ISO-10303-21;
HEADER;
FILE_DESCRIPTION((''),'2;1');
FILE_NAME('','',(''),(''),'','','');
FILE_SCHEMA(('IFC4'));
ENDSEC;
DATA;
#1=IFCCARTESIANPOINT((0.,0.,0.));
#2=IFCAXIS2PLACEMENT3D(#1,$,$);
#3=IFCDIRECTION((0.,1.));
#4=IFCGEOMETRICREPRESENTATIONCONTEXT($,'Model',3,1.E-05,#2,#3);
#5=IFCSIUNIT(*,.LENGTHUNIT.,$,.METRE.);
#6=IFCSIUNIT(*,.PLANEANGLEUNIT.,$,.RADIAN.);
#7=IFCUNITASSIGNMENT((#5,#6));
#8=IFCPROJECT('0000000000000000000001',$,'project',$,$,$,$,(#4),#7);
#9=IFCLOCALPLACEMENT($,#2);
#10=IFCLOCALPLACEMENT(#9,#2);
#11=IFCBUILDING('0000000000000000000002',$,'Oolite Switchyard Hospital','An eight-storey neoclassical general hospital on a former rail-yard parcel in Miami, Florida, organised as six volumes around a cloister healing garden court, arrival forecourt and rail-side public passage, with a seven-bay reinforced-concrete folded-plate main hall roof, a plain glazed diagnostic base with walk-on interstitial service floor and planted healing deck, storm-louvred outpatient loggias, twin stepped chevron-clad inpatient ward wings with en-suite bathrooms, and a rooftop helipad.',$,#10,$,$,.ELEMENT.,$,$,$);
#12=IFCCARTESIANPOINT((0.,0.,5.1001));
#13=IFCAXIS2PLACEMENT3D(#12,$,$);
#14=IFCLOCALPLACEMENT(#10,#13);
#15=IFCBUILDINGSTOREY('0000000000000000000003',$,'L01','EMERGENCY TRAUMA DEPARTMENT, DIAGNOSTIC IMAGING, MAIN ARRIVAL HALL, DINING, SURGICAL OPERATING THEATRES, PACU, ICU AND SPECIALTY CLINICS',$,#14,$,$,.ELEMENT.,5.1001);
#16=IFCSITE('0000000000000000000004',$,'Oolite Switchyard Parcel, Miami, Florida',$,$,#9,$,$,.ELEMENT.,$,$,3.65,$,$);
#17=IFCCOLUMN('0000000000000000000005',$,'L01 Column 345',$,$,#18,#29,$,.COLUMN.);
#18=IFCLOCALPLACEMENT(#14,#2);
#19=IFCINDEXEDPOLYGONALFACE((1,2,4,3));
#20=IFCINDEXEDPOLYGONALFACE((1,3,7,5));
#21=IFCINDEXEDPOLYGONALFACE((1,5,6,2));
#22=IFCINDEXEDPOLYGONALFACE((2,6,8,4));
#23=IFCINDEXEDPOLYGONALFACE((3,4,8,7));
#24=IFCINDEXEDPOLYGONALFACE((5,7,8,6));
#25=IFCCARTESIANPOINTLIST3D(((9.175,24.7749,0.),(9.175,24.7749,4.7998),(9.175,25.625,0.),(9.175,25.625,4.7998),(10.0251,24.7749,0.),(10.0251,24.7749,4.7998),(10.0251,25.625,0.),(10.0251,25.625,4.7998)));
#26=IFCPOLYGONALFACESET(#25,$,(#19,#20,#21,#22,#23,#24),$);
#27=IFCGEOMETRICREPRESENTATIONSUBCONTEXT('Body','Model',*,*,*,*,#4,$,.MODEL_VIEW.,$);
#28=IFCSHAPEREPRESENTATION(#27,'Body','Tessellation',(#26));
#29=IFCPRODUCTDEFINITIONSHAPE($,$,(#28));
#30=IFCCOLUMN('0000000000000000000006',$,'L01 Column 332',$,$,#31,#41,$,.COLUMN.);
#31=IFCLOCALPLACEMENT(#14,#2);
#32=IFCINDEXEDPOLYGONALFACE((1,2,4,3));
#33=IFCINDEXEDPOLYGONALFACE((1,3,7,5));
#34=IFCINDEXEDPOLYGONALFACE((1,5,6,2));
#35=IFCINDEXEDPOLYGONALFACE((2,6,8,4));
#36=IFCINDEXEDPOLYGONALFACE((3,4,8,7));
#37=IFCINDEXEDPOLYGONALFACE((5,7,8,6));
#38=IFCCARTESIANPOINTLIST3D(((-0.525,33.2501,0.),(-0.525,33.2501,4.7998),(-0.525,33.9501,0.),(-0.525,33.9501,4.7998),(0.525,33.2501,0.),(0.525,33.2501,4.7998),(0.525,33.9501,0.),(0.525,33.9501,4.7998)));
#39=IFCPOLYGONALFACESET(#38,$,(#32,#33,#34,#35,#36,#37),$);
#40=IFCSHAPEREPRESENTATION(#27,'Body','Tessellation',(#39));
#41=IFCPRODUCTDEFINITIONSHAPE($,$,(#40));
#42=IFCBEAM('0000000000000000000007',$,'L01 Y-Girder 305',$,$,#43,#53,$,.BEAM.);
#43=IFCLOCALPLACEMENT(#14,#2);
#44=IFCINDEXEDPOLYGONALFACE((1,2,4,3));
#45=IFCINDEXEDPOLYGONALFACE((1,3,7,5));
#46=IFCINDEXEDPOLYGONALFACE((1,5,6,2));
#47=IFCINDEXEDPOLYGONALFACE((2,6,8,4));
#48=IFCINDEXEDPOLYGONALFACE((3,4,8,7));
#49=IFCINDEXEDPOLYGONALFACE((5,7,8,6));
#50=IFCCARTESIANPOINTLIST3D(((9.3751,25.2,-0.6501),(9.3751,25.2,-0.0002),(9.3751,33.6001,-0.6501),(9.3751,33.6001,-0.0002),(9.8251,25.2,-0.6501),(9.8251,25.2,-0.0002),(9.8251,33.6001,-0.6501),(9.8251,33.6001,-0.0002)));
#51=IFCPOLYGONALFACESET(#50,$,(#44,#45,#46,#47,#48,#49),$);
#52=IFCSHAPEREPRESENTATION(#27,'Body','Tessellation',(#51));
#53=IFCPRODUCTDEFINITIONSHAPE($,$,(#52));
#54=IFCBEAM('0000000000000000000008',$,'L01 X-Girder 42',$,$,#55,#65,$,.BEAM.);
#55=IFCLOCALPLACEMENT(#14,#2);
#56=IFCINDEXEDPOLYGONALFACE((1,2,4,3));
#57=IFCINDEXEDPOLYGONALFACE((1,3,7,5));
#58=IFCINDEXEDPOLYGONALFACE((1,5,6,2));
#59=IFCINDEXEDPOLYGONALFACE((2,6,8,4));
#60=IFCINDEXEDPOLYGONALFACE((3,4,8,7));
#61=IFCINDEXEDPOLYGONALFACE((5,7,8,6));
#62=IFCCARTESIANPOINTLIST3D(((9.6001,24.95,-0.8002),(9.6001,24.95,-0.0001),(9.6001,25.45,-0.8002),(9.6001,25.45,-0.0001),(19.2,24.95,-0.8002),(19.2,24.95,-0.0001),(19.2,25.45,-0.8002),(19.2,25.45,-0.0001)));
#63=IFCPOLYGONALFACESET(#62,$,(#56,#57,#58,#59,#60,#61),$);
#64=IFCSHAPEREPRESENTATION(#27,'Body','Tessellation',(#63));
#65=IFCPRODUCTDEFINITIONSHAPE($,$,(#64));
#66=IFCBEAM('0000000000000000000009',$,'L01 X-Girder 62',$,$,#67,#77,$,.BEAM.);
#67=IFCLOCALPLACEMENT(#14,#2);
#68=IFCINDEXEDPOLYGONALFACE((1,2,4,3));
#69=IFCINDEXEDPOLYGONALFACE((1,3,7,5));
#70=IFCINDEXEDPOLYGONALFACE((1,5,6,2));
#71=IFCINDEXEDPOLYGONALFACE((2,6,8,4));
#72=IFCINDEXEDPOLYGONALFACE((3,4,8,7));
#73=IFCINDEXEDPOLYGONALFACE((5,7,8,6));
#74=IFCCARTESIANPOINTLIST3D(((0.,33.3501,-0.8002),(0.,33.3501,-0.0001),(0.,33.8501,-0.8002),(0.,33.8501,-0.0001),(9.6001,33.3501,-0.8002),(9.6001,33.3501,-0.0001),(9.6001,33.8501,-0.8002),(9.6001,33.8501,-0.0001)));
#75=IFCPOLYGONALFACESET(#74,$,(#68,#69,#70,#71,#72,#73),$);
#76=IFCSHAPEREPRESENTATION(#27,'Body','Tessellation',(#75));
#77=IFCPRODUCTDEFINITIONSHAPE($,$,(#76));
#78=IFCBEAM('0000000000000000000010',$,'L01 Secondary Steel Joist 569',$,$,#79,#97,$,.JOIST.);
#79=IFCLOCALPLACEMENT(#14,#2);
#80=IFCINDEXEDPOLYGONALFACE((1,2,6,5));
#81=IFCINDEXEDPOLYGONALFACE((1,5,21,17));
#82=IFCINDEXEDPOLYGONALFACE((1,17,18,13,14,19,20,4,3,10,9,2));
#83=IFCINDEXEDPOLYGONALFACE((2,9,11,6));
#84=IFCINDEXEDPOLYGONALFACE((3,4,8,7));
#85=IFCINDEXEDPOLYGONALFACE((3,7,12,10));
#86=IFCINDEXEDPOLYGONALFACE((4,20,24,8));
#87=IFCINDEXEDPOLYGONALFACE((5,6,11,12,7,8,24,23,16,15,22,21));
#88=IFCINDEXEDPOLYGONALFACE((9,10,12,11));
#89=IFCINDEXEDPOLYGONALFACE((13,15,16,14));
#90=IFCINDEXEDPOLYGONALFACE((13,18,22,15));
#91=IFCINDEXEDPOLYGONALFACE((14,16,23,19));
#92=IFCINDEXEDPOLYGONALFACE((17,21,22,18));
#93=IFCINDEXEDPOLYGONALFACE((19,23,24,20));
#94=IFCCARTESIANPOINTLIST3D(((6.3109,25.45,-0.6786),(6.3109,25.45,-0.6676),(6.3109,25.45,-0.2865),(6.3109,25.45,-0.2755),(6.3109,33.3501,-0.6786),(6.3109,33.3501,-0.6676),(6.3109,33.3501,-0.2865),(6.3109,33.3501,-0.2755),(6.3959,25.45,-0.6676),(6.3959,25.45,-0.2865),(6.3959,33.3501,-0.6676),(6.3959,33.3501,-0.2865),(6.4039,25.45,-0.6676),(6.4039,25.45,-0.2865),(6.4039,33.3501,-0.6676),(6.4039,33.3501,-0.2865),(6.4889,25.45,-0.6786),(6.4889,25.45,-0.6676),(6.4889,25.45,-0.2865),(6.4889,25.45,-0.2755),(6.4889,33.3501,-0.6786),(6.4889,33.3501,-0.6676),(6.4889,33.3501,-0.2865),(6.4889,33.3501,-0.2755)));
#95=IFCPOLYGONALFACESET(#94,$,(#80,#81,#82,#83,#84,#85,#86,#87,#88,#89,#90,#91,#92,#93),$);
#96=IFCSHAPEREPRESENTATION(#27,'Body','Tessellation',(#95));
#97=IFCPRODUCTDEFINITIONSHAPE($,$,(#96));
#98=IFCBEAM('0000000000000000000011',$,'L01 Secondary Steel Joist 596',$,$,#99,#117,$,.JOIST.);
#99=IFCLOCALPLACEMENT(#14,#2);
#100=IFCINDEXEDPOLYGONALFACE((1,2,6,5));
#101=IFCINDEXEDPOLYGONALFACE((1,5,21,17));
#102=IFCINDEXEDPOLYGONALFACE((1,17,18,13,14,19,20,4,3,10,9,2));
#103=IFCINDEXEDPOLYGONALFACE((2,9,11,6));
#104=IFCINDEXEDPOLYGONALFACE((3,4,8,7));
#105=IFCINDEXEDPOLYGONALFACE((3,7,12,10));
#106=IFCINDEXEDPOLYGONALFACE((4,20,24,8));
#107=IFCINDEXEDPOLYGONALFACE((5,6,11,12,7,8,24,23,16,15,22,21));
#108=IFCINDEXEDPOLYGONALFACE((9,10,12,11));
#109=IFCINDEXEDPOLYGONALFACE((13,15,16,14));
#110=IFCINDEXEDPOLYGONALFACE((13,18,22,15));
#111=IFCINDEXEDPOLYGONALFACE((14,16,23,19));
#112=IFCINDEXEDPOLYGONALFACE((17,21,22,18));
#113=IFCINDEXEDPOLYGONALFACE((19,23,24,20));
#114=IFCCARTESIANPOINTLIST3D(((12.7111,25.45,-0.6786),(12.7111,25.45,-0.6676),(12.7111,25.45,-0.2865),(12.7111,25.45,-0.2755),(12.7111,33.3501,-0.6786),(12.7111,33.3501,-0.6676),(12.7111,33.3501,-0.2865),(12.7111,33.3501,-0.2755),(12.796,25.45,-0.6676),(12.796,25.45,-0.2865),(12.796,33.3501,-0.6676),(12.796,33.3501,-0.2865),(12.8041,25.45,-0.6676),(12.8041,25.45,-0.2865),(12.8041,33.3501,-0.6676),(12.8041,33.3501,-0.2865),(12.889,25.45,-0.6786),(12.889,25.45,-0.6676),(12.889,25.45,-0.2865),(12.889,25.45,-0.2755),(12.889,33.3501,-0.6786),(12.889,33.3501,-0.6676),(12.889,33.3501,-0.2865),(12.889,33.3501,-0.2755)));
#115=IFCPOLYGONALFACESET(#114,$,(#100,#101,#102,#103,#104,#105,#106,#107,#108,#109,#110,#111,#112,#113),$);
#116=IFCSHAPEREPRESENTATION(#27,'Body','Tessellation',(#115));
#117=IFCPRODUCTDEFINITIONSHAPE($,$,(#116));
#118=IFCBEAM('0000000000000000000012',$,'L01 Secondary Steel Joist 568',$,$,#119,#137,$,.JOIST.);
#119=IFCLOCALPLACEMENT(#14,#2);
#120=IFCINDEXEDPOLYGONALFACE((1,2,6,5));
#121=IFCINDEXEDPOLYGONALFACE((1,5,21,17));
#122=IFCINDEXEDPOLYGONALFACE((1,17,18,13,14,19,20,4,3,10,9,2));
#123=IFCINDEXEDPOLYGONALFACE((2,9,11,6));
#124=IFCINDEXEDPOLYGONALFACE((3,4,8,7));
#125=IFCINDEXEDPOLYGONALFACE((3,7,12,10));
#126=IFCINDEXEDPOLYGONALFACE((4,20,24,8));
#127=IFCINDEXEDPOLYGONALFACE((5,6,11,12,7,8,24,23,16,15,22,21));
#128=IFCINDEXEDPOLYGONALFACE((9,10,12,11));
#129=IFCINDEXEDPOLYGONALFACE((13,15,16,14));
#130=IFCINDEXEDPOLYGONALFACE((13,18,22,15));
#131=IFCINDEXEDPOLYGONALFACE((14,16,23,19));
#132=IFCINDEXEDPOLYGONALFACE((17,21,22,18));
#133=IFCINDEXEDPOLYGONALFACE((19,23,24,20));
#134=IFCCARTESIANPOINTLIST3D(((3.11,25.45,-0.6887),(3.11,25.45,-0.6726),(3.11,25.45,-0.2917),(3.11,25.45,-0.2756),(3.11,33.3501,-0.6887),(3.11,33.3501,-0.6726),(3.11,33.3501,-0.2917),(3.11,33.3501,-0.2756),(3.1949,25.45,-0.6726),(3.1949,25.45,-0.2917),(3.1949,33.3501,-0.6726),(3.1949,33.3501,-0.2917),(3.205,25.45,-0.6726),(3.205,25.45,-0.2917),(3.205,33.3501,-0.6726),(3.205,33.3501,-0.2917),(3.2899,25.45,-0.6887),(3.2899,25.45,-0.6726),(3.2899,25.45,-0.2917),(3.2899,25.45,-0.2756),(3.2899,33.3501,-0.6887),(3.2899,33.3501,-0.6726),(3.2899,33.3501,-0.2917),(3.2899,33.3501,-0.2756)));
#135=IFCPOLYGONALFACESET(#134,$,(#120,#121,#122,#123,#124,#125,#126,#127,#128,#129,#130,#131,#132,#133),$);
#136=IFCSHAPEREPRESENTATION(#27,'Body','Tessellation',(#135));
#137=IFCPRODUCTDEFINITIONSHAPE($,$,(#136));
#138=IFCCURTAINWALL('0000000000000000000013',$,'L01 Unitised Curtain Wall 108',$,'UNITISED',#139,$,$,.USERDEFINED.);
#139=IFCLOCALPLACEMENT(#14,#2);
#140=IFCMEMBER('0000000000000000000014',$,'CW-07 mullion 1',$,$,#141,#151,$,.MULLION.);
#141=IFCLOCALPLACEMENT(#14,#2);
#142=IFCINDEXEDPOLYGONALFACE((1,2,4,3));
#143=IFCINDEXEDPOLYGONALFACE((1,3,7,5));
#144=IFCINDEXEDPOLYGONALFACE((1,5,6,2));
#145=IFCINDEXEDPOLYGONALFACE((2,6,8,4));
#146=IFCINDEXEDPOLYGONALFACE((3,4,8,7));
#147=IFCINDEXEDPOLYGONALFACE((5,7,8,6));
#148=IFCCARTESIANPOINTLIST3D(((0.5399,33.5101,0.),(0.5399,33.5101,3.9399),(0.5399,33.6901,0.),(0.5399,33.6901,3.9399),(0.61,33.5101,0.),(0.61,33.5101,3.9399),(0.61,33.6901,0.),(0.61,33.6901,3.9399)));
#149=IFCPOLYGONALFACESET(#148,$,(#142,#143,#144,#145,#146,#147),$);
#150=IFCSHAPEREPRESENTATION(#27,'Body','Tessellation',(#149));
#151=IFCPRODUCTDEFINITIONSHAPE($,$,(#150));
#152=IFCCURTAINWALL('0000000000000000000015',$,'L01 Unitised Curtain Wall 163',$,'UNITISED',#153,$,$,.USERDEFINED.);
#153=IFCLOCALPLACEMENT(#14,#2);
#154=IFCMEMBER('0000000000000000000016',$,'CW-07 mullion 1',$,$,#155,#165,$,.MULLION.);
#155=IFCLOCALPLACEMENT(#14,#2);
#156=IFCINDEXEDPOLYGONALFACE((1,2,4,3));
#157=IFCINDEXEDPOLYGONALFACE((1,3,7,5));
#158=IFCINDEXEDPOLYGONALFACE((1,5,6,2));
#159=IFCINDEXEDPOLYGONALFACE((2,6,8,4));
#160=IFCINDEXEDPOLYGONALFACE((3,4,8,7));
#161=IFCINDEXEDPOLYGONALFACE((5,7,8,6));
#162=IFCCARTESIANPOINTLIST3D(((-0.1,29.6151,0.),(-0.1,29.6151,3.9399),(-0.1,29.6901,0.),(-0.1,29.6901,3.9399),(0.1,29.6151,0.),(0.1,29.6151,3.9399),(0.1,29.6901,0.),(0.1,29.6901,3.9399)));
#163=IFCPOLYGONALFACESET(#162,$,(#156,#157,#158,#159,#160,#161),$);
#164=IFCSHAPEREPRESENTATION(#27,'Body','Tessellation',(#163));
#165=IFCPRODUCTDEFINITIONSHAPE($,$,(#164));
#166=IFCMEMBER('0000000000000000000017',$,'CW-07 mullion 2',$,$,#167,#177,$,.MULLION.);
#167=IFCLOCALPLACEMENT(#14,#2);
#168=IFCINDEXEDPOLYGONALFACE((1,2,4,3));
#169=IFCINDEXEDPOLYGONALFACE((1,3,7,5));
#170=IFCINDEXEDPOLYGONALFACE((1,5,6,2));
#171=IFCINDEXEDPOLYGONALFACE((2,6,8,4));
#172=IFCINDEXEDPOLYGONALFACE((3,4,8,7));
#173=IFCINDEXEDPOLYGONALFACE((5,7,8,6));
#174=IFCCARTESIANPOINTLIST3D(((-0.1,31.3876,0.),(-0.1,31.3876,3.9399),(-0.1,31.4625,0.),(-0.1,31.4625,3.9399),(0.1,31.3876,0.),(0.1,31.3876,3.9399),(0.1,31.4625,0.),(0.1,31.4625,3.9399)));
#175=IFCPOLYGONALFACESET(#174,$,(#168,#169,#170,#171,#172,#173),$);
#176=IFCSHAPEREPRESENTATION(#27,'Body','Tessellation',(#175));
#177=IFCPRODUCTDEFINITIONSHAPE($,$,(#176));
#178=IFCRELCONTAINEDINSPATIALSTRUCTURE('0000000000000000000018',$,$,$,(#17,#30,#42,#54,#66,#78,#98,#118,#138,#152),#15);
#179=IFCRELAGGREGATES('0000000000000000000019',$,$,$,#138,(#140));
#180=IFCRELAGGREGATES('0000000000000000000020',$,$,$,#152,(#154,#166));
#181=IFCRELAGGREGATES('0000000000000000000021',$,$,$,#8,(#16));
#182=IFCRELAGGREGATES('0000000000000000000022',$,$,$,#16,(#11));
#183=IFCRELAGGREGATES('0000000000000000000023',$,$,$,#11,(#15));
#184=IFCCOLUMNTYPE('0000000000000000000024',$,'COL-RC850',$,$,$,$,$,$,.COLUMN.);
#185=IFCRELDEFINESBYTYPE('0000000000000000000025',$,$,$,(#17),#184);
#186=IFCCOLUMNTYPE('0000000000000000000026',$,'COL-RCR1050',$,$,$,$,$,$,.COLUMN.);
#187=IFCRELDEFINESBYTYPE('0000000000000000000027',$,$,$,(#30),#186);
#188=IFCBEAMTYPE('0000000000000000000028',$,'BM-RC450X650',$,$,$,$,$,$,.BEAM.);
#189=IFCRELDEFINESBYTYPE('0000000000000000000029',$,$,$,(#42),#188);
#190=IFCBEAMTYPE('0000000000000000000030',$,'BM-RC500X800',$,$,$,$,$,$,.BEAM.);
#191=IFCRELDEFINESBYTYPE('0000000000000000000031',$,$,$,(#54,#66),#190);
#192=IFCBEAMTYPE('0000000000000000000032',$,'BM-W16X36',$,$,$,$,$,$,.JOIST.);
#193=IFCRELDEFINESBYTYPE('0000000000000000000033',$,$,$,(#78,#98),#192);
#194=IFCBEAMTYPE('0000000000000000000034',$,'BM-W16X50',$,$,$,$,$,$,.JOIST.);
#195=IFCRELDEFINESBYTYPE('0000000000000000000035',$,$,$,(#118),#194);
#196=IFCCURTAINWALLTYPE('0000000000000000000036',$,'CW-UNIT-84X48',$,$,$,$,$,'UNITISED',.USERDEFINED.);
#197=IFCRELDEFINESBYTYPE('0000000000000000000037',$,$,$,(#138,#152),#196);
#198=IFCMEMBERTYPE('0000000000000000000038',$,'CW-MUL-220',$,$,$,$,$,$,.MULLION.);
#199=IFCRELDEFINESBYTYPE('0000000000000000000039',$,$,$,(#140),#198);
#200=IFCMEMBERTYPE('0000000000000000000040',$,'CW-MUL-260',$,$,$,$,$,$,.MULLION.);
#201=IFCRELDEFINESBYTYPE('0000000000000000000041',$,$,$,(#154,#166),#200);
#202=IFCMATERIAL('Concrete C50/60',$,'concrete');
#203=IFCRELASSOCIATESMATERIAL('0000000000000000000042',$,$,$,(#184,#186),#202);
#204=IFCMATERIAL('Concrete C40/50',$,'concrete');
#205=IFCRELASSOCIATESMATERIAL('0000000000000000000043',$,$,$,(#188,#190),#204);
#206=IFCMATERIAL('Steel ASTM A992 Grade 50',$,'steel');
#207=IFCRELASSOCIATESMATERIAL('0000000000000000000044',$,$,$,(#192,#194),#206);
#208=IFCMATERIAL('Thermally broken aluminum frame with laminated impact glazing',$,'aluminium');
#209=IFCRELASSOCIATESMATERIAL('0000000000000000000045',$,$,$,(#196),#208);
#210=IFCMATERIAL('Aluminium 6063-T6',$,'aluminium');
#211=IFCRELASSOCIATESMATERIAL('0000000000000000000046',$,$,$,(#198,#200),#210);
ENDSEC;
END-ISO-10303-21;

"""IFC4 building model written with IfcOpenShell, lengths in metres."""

from ifc_helpers import new_model, si_unit, direction, frame, origin, origin_2d, place, context, subcontext, project, spatial, rectangle, i_section, extrude, material, material_profile, profile_set, type_object, element, aggregate, save


model = new_model("IFC4")

# Units and contexts
model_context = context("Model", 3, precision=1e-05, world=origin(), true_north=direction((0.0, 1.0)))
body_context = subcontext(model_context, "Body", "Model", "MODEL_VIEW")
ifc_project = project(units=[si_unit("LENGTHUNIT", "METRE"), si_unit("PLANEANGLEUNIT", "RADIAN")], contexts=[model_context])

# Site, building, storey
site_placement = place(None, origin())
site = spatial("IfcSite", under=ifc_project, at=site_placement, Name="Oolite Switchyard Parcel, Miami, Florida", CompositionType="ELEMENT", RefElevation=3.65)
building_placement = place(site_placement, origin())
building = spatial("IfcBuilding", under=site, at=building_placement, Name="Oolite Switchyard Hospital", Description="An eight-storey neoclassical general hospital on a former rail-yard parcel in Miami, Florida, organised as six volumes around a cloister healing garden court, arrival forecourt and rail-side public passage, with a seven-bay reinforced-concrete folded-plate main hall roof, a plain glazed diagnostic base with walk-on interstitial service floor and planted healing deck, storm-louvred outpatient loggias, twin stepped chevron-clad inpatient ward wings with en-suite bathrooms, and a rooftop helipad.", CompositionType="ELEMENT")
storey_placement = place(building_placement, frame((0.0, 0.0, 5.1001)))
storey = spatial("IfcBuildingStorey", under=building, at=storey_placement, Name="L01", Description="EMERGENCY TRAUMA DEPARTMENT, DIAGNOSTIC IMAGING, MAIN ARRIVAL HALL, DINING, SURGICAL OPERATING THEATRES, PACU, ICU AND SPECIALTY CLINICS", CompositionType="ELEMENT", Elevation=5.1001)

# Columns
ifc_material_1 = material(Name="Concrete C50/60", Category="concrete")
ifc_material_profile_1 = material_profile(ifc_material_1, rectangle(XDim=0.8501, YDim=0.8501, at=origin_2d()), Name="RC850X850")
ifc_profile_set_1 = profile_set([ifc_material_profile_1], Name="Concrete C50/60")
column_type_1 = type_object("IfcColumnType", Name="COL-RC850", PredefinedType="COLUMN", material=ifc_profile_set_1)
column_1_placement = place(storey_placement, frame((9.6001, 25.2, 0.0), z_axis=(0.0, 0.0, 1.0), x_axis=(1.0, 0.0, 0.0)))
element("IfcColumn", 1, at=column_1_placement, inside=storey, type_object=column_type_1, Name="L01 Column 345", PredefinedType="COLUMN", context=body_context, shape_type="SweptSolid", body=[
    extrude(rectangle(XDim=0.8501, YDim=0.8501, at=origin_2d()), origin(), (0.0, 0.0, 1.0), 4.7998),
])
ifc_material_profile_2 = material_profile(ifc_material_1, rectangle(XDim=1.05, YDim=0.7, at=origin_2d()), Name="RC1050X700")
ifc_profile_set_2 = profile_set([ifc_material_profile_2], Name="Concrete C50/60")
column_type_2 = type_object("IfcColumnType", Name="COL-RCR1050", PredefinedType="COLUMN", material=ifc_profile_set_2)
column_2_placement = place(storey_placement, frame((0.0, 33.6001, 0.0), z_axis=(0.0, 0.0, 1.0), x_axis=(1.0, 0.0, 0.0)))
element("IfcColumn", 2, at=column_2_placement, inside=storey, type_object=column_type_2, Name="L01 Column 332", PredefinedType="COLUMN", context=body_context, shape_type="SweptSolid", body=[
    extrude(rectangle(XDim=1.05, YDim=0.7, at=origin_2d()), origin(), (0.0, 0.0, 1.0), 4.7998),
])

# Beams
ifc_material_2 = material(Name="Concrete C40/50", Category="concrete")
ifc_material_profile_3 = material_profile(ifc_material_2, rectangle(XDim=0.45, YDim=0.6499, at=origin_2d()), Name="RCB450X650")
ifc_profile_set_3 = profile_set([ifc_material_profile_3], Name="Concrete C40/50")
beam_type_1 = type_object("IfcBeamType", Name="BM-RC450X650", PredefinedType="BEAM", material=ifc_profile_set_3)
beam_1_placement = place(storey_placement, frame((9.6001, 25.2, -0.3252), z_axis=(0.0, 1.0, 0.0), x_axis=(-1.0, 0.0, 0.0)))
element("IfcBeam", 3, at=beam_1_placement, inside=storey, type_object=beam_type_1, Name="L01 Y-Girder 305", PredefinedType="BEAM", context=body_context, shape_type="SweptSolid", body=[
    extrude(rectangle(XDim=0.45, YDim=0.6499, at=origin_2d()), origin(), (0.0, 0.0, 1.0), 8.4001),
])
ifc_material_profile_4 = material_profile(ifc_material_2, rectangle(XDim=0.5, YDim=0.8, at=origin_2d()), Name="RCB500X800")
ifc_profile_set_4 = profile_set([ifc_material_profile_4], Name="Concrete C40/50")
beam_type_2 = type_object("IfcBeamType", Name="BM-RC500X800", PredefinedType="BEAM", material=ifc_profile_set_4)
beam_2_placement = place(storey_placement, frame((9.6001, 25.2, -0.4001), z_axis=(1.0, 0.0, 0.0), x_axis=(0.0, 1.0, 0.0)))
element("IfcBeam", 4, at=beam_2_placement, inside=storey, type_object=beam_type_2, Name="L01 X-Girder 42", PredefinedType="BEAM", context=body_context, shape_type="SweptSolid", body=[
    extrude(rectangle(XDim=0.5, YDim=0.8, at=origin_2d()), origin(), (0.0, 0.0, 1.0), 9.5999),
])
beam_3_placement = place(storey_placement, frame((0.0, 33.6001, -0.4001), z_axis=(1.0, 0.0, 0.0), x_axis=(0.0, 1.0, 0.0)))
element("IfcBeam", 5, at=beam_3_placement, inside=storey, type_object=beam_type_2, Name="L01 X-Girder 62", PredefinedType="BEAM", context=body_context, shape_type="SweptSolid", body=[
    extrude(rectangle(XDim=0.5, YDim=0.8, at=origin_2d()), origin(), (0.0, 0.0, 1.0), 9.6001),
])
ifc_material_3 = material(Name="Steel ASTM A992 Grade 50", Category="steel")
ifc_material_profile_5 = material_profile(ifc_material_3, i_section(OverallWidth=0.178, OverallDepth=0.4031, WebThickness=0.0081, FlangeThickness=0.011, at=origin_2d()), Name="W16X36")
ifc_profile_set_5 = profile_set([ifc_material_profile_5], Name="Steel ASTM A992 Grade 50")
beam_type_3 = type_object("IfcBeamType", Name="BM-W16X36", PredefinedType="JOIST", material=ifc_profile_set_5)
for number, where, z_axis, x_axis, name in (
    (6, (6.3999, 25.45, -0.4771), (0.0, 1.0, 0.0), (-1.0, 0.0, 0.0), "L01 Secondary Steel Joist 569"),
    (7, (12.8, 25.45, -0.4771), (0.0, 1.0, 0.0), (-1.0, 0.0, 0.0), "L01 Secondary Steel Joist 596"),
):
    element("IfcBeam", number, at=place(storey_placement, frame(where, z_axis=z_axis, x_axis=x_axis)), inside=storey, type_object=beam_type_3, Name=name, PredefinedType="JOIST", context=body_context, shape_type="SweptSolid", body=[
        extrude(i_section(OverallWidth=0.178, OverallDepth=0.4031, WebThickness=0.0081, FlangeThickness=0.011, at=origin_2d()), origin(), (0.0, 0.0, 1.0), 7.9001),
    ])
ifc_material_profile_6 = material_profile(ifc_material_3, i_section(OverallWidth=0.1799, OverallDepth=0.4131, WebThickness=0.01, FlangeThickness=0.0161, at=origin_2d()), Name="W16X50")
ifc_profile_set_6 = profile_set([ifc_material_profile_6], Name="Steel ASTM A992 Grade 50")
beam_type_4 = type_object("IfcBeamType", Name="BM-W16X50", PredefinedType="JOIST", material=ifc_profile_set_6)
beam_4_placement = place(storey_placement, frame((3.2, 25.45, -0.4822), z_axis=(0.0, 1.0, 0.0), x_axis=(-1.0, 0.0, 0.0)))
element("IfcBeam", 8, at=beam_4_placement, inside=storey, type_object=beam_type_4, Name="L01 Secondary Steel Joist 568", PredefinedType="JOIST", context=body_context, shape_type="SweptSolid", body=[
    extrude(i_section(OverallWidth=0.1799, OverallDepth=0.4131, WebThickness=0.01, FlangeThickness=0.0161, at=origin_2d()), origin(), (0.0, 0.0, 1.0), 7.9001),
])

# Curtain wall, member
ifc_material_4 = material(Name="Thermally broken aluminum frame with laminated impact glazing", Category="aluminium")
curtain_wall_type = type_object("IfcCurtainWallType", Name="CW-UNIT-84X48", ElementType="UNITISED", PredefinedType="USERDEFINED", material=ifc_material_4)
curtain_wall_1_placement = place(storey_placement, origin())
curtain_wall_1 = element("IfcCurtainWall", 9, at=curtain_wall_1_placement, inside=storey, type_object=curtain_wall_type, Name="L01 Unitised Curtain Wall 108", ObjectType="UNITISED", PredefinedType="USERDEFINED")
ifc_material_5 = material(Name="Aluminium 6063-T6", Category="aluminium")
ifc_material_profile_7 = material_profile(ifc_material_5, rectangle(XDim=0.1799, YDim=0.0701, at=origin_2d()), Name="CWM70X180")
ifc_profile_set_7 = profile_set([ifc_material_profile_7], Name="Aluminium 6063-T6")
member_type_1 = type_object("IfcMemberType", Name="CW-MUL-220", PredefinedType="MULLION", material=ifc_profile_set_7)
member_1_placement = place(storey_placement, frame((0.575, 33.6001, 0.0), z_axis=(0.0, 0.0, 1.0), x_axis=(0.0, 1.0, 0.0)))
member_1 = element("IfcMember", 10, at=member_1_placement, type_object=member_type_1, Name="CW-07 mullion 1", PredefinedType="MULLION", context=body_context, shape_type="SweptSolid", body=[
    extrude(rectangle(XDim=0.1799, YDim=0.0701, at=origin_2d()), origin(), (0.0, 0.0, 1.0), 3.9399),
])
aggregate(curtain_wall_1, [member_1])

# Curtain wall, members
curtain_wall_2_placement = place(storey_placement, origin())
curtain_wall_2 = element("IfcCurtainWall", 11, at=curtain_wall_2_placement, inside=storey, type_object=curtain_wall_type, Name="L01 Unitised Curtain Wall 163", ObjectType="UNITISED", PredefinedType="USERDEFINED")
ifc_material_profile_8 = material_profile(ifc_material_5, rectangle(XDim=0.2, YDim=0.075, at=origin_2d()), Name="CWM75X200")
ifc_profile_set_8 = profile_set([ifc_material_profile_8], Name="Aluminium 6063-T6")
member_type_2 = type_object("IfcMemberType", Name="CW-MUL-260", PredefinedType="MULLION", material=ifc_profile_set_8)
member_2_placement = place(storey_placement, frame((0.0, 29.6526, 0.0), z_axis=(0.0, 0.0, 1.0), x_axis=(-1.0, 0.0, 0.0)))
member_2 = element("IfcMember", 12, at=member_2_placement, type_object=member_type_2, Name="CW-07 mullion 1", PredefinedType="MULLION", context=body_context, shape_type="SweptSolid", body=[
    extrude(rectangle(XDim=0.2, YDim=0.075, at=origin_2d()), origin(), (0.0, 0.0, 1.0), 3.9399),
])
member_3_placement = place(storey_placement, frame((0.0, 31.425, 0.0), z_axis=(0.0, 0.0, 1.0), x_axis=(-1.0, 0.0, 0.0)))
member_3 = element("IfcMember", 13, at=member_3_placement, type_object=member_type_2, Name="CW-07 mullion 2", PredefinedType="MULLION", context=body_context, shape_type="SweptSolid", body=[
    extrude(rectangle(XDim=0.2, YDim=0.075, at=origin_2d()), origin(), (0.0, 0.0, 1.0), 3.9399),
])
aggregate(curtain_wall_2, [member_2, member_3])

save(model, "model.ifc")
